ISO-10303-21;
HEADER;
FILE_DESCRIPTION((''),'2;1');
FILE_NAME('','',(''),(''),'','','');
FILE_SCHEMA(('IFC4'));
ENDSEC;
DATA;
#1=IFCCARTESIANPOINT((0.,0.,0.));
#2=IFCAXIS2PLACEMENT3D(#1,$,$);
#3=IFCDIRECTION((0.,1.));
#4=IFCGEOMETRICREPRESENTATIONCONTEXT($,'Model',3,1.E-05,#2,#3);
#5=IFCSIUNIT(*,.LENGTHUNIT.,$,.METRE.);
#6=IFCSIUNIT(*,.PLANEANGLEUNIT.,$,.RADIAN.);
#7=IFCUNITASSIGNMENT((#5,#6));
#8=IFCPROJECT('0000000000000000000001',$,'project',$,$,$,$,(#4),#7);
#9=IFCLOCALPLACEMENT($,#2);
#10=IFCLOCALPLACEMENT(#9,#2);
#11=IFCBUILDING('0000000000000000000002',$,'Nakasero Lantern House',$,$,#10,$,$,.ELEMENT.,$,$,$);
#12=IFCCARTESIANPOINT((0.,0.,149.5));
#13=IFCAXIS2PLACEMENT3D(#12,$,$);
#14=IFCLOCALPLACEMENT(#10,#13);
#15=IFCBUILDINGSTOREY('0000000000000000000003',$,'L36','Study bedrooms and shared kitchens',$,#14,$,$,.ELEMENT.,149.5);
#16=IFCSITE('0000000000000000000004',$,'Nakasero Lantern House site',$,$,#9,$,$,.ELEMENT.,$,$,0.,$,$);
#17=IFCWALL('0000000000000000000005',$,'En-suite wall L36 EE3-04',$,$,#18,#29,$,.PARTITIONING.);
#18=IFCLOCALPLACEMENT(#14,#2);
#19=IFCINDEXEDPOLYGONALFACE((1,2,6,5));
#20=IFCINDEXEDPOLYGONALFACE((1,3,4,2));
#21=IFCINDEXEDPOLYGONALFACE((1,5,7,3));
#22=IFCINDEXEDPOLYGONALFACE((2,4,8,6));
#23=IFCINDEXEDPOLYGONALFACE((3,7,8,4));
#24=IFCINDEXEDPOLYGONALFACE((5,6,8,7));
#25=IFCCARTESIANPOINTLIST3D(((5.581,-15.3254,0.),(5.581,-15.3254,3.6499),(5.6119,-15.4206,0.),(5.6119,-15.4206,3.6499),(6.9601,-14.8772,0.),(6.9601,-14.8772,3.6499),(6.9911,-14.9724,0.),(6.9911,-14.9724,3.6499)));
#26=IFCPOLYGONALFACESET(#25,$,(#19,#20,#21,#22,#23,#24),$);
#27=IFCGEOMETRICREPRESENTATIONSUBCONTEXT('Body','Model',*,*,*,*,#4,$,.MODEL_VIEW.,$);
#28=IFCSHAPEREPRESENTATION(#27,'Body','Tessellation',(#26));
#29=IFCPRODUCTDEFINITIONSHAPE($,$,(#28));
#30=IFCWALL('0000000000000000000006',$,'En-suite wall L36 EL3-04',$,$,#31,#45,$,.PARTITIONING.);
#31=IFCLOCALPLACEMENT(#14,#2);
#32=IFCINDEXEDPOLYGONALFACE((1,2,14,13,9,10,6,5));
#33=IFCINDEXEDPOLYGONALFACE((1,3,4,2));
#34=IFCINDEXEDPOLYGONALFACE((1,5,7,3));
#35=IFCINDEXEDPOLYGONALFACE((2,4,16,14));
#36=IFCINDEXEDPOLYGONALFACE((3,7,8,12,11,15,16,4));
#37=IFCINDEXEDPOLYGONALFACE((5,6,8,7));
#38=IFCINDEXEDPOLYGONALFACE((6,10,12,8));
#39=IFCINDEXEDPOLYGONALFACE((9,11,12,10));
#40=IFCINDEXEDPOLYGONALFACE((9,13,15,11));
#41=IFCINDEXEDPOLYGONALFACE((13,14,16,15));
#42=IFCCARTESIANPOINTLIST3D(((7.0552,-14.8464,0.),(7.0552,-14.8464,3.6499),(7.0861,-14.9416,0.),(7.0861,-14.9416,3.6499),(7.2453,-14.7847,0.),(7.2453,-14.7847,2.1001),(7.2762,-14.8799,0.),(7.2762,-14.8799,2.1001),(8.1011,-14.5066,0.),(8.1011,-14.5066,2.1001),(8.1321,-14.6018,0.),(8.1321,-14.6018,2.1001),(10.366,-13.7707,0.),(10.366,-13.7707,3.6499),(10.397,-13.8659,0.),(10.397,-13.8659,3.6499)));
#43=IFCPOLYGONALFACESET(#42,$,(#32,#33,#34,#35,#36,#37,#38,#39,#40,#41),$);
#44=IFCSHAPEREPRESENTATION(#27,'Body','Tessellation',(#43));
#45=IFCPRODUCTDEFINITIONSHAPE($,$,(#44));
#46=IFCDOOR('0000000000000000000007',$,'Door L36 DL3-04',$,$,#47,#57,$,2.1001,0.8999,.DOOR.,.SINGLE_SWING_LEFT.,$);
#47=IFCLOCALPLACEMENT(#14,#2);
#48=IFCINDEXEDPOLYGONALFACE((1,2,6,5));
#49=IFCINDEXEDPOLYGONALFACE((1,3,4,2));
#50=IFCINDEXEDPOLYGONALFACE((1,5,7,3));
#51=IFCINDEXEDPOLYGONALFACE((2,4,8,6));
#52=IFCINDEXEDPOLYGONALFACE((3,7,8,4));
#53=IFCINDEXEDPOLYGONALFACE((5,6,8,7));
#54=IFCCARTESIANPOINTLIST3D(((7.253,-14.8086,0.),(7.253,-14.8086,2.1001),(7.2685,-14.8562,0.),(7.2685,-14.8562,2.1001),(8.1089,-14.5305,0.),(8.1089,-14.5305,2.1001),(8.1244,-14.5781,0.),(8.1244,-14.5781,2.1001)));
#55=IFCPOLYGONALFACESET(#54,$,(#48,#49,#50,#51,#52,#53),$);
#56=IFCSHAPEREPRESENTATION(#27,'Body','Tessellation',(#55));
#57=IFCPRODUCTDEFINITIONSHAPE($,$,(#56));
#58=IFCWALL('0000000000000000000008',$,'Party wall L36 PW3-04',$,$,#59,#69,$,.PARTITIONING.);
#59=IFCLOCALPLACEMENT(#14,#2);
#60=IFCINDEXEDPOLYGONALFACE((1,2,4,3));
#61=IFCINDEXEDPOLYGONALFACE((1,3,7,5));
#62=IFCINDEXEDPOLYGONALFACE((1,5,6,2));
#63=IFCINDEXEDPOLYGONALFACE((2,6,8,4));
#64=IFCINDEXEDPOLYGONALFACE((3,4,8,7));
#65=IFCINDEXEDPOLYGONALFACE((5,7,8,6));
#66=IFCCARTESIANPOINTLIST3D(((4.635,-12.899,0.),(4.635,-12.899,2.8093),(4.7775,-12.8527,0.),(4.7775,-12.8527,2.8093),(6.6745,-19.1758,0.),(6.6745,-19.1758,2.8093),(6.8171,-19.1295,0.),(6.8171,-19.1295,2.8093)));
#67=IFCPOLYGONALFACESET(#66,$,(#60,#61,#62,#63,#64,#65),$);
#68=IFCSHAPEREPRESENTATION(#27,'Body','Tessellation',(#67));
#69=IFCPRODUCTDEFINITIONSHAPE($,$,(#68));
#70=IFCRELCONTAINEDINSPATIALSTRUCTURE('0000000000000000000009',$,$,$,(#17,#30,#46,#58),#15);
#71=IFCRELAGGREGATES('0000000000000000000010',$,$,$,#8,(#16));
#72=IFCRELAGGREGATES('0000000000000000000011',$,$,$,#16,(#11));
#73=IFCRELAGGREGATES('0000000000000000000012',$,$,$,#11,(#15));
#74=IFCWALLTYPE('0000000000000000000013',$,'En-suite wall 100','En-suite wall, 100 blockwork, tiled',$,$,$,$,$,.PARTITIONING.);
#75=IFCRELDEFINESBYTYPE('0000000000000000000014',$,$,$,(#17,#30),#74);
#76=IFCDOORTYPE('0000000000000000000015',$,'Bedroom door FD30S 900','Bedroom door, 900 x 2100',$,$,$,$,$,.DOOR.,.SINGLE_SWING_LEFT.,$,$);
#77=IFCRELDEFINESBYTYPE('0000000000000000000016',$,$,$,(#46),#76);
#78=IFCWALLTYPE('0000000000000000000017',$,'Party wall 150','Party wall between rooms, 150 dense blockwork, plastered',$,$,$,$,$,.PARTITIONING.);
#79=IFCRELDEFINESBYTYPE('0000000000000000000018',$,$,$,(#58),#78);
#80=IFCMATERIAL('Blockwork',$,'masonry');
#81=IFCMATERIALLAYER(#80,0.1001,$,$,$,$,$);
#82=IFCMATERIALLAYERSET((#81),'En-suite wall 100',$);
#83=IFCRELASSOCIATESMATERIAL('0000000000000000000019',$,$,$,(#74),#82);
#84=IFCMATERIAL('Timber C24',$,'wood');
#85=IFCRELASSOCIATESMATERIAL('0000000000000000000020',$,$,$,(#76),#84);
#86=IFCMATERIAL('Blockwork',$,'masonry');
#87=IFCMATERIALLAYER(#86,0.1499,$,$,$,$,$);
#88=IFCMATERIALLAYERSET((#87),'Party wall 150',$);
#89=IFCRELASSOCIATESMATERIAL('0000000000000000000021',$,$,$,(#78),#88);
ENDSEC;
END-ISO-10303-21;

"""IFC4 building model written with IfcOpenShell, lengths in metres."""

from ifc_helpers import new_model, si_unit, direction, frame, frame_2d, origin, place, context, subcontext, project, spatial, rectangle, extrude, material, layer, layer_set, type_object, element, fill, save


model = new_model("IFC4")

# Units and contexts
model_context = context("Model", 3, precision=1e-05, world=origin(), true_north=direction((0.0, 1.0)))
body_context = subcontext(model_context, "Body", "Model", "MODEL_VIEW")
ifc_project = project(units=[si_unit("LENGTHUNIT", "METRE"), si_unit("PLANEANGLEUNIT", "RADIAN")], contexts=[model_context])

# Site, building, storey
site_placement = place(None, origin())
site = spatial("IfcSite", under=ifc_project, at=site_placement, Name="Nakasero Lantern House site", CompositionType="ELEMENT", RefElevation=0.0)
building_placement = place(site_placement, origin())
building = spatial("IfcBuilding", under=site, at=building_placement, Name="Nakasero Lantern House", CompositionType="ELEMENT")
storey_placement = place(building_placement, frame((0.0, 0.0, 149.5)))
storey = spatial("IfcBuildingStorey", under=building, at=storey_placement, Name="L36", Description="Study bedrooms and shared kitchens", CompositionType="ELEMENT", Elevation=149.5)

# Shared definitions
ifc_material_1 = material(Name="Blockwork", Category="masonry")
ifc_layer_1 = layer(ifc_material_1, 0.1001)
ifc_layer_set_1 = layer_set([ifc_layer_1], Name="En-suite wall 100")
wall_type_1 = type_object("IfcWallType", Name="En-suite wall 100", Description="En-suite wall, 100 blockwork, tiled", PredefinedType="PARTITIONING", material=ifc_layer_set_1)

# Wall
wall_1_placement = place(storey_placement, frame((5.5964, -15.373, 0.0), z_axis=(0.0, 0.0, 1.0), x_axis=(0.95103, 0.309097, 0.0)))
element("IfcWall", 1, at=wall_1_placement, inside=storey, type_object=wall_type_1, Name="En-suite wall L36 EE3-04", PredefinedType="PARTITIONING", context=body_context, shape_type="SweptSolid", body=[
    extrude(rectangle(XDim=1.4502, YDim=0.1001, at=frame_2d((0.7251, 0.0))), origin(), (0.0, 0.0, 1.0), 3.6499),
])

# Wall, opening, door
wall_2_placement = place(storey_placement, frame((7.0706, -14.894, 0.0), z_axis=(0.0, 0.0, 1.0), x_axis=(0.951061, 0.309002, 0.0)))
wall_2 = element("IfcWall", 2, at=wall_2_placement, inside=storey, type_object=wall_type_1, Name="En-suite wall L36 EL3-04", PredefinedType="PARTITIONING", context=body_context, shape_type="SweptSolid", body=[
    extrude(rectangle(XDim=3.4812, YDim=0.1001, at=frame_2d((1.7407, 0.0))), origin(), (0.0, 0.0, 1.0), 3.6499),
])
opening_1_placement = place(wall_2_placement, frame((0.2, 0.0, 0.0)))
opening_1 = element("IfcOpeningElement", 3, at=opening_1_placement, cuts=wall_2, PredefinedType="OPENING", context=body_context, shape_type="SweptSolid", body=[
    extrude(rectangle(XDim=0.8999, YDim=2.1001, at=frame_2d((0.45, 1.05))), frame((0.0, 0.0701, 0.0), z_axis=(0.0, -1.0, 0.0), x_axis=(1.0, 0.0, 0.0)), (0.0, 0.0, 1.0), 0.1401),
])
ifc_material_2 = material(Name="Timber C24", Category="wood")
door_type_1 = type_object("IfcDoorType", Name="Bedroom door FD30S 900", Description="Bedroom door, 900 x 2100", OperationType="SINGLE_SWING_LEFT", PredefinedType="DOOR", material=ifc_material_2)
door_1_placement = place(opening_1_placement, origin())
door_1 = element("IfcDoor", 4, at=door_1_placement, inside=storey, type_object=door_type_1, Name="Door L36 DL3-04", OperationType="SINGLE_SWING_LEFT", OverallHeight=2.1001, OverallWidth=0.8999, PredefinedType="DOOR", context=body_context, shape_type="SweptSolid", body=[
    extrude(rectangle(XDim=0.8999, YDim=2.1001, at=frame_2d((0.45, 1.05))), frame((0.0, 0.0249, 0.0), z_axis=(0.0, -1.0, 0.0), x_axis=(1.0, 0.0, 0.0)), (0.0, 0.0, 1.0), 0.05),
])
fill(opening_1, door_1)

# Wall
ifc_material_3 = material(Name="Blockwork", Category="masonry")
ifc_layer_2 = layer(ifc_material_3, 0.1499)
ifc_layer_set_2 = layer_set([ifc_layer_2], Name="Party wall 150")
wall_type_2 = type_object("IfcWallType", Name="Party wall 150", Description="Party wall between rooms, 150 dense blockwork, plastered", PredefinedType="PARTITIONING", material=ifc_layer_set_2)
wall_3_placement = place(storey_placement, frame((4.7063, -12.876, 0.0), z_axis=(0.0, 0.0, 1.0), x_axis=(0.309028, -0.951053, 0.0)))
element("IfcWall", 5, at=wall_3_placement, inside=storey, type_object=wall_type_2, Name="Party wall L36 PW3-04", PredefinedType="PARTITIONING", context=body_context, shape_type="SweptSolid", body=[
    extrude(rectangle(XDim=6.5999, YDim=0.1499, at=frame_2d((3.2998, 0.0))), origin(), (0.0, 0.0, 1.0), 2.8093),
])

save(model, "model.ifc")
